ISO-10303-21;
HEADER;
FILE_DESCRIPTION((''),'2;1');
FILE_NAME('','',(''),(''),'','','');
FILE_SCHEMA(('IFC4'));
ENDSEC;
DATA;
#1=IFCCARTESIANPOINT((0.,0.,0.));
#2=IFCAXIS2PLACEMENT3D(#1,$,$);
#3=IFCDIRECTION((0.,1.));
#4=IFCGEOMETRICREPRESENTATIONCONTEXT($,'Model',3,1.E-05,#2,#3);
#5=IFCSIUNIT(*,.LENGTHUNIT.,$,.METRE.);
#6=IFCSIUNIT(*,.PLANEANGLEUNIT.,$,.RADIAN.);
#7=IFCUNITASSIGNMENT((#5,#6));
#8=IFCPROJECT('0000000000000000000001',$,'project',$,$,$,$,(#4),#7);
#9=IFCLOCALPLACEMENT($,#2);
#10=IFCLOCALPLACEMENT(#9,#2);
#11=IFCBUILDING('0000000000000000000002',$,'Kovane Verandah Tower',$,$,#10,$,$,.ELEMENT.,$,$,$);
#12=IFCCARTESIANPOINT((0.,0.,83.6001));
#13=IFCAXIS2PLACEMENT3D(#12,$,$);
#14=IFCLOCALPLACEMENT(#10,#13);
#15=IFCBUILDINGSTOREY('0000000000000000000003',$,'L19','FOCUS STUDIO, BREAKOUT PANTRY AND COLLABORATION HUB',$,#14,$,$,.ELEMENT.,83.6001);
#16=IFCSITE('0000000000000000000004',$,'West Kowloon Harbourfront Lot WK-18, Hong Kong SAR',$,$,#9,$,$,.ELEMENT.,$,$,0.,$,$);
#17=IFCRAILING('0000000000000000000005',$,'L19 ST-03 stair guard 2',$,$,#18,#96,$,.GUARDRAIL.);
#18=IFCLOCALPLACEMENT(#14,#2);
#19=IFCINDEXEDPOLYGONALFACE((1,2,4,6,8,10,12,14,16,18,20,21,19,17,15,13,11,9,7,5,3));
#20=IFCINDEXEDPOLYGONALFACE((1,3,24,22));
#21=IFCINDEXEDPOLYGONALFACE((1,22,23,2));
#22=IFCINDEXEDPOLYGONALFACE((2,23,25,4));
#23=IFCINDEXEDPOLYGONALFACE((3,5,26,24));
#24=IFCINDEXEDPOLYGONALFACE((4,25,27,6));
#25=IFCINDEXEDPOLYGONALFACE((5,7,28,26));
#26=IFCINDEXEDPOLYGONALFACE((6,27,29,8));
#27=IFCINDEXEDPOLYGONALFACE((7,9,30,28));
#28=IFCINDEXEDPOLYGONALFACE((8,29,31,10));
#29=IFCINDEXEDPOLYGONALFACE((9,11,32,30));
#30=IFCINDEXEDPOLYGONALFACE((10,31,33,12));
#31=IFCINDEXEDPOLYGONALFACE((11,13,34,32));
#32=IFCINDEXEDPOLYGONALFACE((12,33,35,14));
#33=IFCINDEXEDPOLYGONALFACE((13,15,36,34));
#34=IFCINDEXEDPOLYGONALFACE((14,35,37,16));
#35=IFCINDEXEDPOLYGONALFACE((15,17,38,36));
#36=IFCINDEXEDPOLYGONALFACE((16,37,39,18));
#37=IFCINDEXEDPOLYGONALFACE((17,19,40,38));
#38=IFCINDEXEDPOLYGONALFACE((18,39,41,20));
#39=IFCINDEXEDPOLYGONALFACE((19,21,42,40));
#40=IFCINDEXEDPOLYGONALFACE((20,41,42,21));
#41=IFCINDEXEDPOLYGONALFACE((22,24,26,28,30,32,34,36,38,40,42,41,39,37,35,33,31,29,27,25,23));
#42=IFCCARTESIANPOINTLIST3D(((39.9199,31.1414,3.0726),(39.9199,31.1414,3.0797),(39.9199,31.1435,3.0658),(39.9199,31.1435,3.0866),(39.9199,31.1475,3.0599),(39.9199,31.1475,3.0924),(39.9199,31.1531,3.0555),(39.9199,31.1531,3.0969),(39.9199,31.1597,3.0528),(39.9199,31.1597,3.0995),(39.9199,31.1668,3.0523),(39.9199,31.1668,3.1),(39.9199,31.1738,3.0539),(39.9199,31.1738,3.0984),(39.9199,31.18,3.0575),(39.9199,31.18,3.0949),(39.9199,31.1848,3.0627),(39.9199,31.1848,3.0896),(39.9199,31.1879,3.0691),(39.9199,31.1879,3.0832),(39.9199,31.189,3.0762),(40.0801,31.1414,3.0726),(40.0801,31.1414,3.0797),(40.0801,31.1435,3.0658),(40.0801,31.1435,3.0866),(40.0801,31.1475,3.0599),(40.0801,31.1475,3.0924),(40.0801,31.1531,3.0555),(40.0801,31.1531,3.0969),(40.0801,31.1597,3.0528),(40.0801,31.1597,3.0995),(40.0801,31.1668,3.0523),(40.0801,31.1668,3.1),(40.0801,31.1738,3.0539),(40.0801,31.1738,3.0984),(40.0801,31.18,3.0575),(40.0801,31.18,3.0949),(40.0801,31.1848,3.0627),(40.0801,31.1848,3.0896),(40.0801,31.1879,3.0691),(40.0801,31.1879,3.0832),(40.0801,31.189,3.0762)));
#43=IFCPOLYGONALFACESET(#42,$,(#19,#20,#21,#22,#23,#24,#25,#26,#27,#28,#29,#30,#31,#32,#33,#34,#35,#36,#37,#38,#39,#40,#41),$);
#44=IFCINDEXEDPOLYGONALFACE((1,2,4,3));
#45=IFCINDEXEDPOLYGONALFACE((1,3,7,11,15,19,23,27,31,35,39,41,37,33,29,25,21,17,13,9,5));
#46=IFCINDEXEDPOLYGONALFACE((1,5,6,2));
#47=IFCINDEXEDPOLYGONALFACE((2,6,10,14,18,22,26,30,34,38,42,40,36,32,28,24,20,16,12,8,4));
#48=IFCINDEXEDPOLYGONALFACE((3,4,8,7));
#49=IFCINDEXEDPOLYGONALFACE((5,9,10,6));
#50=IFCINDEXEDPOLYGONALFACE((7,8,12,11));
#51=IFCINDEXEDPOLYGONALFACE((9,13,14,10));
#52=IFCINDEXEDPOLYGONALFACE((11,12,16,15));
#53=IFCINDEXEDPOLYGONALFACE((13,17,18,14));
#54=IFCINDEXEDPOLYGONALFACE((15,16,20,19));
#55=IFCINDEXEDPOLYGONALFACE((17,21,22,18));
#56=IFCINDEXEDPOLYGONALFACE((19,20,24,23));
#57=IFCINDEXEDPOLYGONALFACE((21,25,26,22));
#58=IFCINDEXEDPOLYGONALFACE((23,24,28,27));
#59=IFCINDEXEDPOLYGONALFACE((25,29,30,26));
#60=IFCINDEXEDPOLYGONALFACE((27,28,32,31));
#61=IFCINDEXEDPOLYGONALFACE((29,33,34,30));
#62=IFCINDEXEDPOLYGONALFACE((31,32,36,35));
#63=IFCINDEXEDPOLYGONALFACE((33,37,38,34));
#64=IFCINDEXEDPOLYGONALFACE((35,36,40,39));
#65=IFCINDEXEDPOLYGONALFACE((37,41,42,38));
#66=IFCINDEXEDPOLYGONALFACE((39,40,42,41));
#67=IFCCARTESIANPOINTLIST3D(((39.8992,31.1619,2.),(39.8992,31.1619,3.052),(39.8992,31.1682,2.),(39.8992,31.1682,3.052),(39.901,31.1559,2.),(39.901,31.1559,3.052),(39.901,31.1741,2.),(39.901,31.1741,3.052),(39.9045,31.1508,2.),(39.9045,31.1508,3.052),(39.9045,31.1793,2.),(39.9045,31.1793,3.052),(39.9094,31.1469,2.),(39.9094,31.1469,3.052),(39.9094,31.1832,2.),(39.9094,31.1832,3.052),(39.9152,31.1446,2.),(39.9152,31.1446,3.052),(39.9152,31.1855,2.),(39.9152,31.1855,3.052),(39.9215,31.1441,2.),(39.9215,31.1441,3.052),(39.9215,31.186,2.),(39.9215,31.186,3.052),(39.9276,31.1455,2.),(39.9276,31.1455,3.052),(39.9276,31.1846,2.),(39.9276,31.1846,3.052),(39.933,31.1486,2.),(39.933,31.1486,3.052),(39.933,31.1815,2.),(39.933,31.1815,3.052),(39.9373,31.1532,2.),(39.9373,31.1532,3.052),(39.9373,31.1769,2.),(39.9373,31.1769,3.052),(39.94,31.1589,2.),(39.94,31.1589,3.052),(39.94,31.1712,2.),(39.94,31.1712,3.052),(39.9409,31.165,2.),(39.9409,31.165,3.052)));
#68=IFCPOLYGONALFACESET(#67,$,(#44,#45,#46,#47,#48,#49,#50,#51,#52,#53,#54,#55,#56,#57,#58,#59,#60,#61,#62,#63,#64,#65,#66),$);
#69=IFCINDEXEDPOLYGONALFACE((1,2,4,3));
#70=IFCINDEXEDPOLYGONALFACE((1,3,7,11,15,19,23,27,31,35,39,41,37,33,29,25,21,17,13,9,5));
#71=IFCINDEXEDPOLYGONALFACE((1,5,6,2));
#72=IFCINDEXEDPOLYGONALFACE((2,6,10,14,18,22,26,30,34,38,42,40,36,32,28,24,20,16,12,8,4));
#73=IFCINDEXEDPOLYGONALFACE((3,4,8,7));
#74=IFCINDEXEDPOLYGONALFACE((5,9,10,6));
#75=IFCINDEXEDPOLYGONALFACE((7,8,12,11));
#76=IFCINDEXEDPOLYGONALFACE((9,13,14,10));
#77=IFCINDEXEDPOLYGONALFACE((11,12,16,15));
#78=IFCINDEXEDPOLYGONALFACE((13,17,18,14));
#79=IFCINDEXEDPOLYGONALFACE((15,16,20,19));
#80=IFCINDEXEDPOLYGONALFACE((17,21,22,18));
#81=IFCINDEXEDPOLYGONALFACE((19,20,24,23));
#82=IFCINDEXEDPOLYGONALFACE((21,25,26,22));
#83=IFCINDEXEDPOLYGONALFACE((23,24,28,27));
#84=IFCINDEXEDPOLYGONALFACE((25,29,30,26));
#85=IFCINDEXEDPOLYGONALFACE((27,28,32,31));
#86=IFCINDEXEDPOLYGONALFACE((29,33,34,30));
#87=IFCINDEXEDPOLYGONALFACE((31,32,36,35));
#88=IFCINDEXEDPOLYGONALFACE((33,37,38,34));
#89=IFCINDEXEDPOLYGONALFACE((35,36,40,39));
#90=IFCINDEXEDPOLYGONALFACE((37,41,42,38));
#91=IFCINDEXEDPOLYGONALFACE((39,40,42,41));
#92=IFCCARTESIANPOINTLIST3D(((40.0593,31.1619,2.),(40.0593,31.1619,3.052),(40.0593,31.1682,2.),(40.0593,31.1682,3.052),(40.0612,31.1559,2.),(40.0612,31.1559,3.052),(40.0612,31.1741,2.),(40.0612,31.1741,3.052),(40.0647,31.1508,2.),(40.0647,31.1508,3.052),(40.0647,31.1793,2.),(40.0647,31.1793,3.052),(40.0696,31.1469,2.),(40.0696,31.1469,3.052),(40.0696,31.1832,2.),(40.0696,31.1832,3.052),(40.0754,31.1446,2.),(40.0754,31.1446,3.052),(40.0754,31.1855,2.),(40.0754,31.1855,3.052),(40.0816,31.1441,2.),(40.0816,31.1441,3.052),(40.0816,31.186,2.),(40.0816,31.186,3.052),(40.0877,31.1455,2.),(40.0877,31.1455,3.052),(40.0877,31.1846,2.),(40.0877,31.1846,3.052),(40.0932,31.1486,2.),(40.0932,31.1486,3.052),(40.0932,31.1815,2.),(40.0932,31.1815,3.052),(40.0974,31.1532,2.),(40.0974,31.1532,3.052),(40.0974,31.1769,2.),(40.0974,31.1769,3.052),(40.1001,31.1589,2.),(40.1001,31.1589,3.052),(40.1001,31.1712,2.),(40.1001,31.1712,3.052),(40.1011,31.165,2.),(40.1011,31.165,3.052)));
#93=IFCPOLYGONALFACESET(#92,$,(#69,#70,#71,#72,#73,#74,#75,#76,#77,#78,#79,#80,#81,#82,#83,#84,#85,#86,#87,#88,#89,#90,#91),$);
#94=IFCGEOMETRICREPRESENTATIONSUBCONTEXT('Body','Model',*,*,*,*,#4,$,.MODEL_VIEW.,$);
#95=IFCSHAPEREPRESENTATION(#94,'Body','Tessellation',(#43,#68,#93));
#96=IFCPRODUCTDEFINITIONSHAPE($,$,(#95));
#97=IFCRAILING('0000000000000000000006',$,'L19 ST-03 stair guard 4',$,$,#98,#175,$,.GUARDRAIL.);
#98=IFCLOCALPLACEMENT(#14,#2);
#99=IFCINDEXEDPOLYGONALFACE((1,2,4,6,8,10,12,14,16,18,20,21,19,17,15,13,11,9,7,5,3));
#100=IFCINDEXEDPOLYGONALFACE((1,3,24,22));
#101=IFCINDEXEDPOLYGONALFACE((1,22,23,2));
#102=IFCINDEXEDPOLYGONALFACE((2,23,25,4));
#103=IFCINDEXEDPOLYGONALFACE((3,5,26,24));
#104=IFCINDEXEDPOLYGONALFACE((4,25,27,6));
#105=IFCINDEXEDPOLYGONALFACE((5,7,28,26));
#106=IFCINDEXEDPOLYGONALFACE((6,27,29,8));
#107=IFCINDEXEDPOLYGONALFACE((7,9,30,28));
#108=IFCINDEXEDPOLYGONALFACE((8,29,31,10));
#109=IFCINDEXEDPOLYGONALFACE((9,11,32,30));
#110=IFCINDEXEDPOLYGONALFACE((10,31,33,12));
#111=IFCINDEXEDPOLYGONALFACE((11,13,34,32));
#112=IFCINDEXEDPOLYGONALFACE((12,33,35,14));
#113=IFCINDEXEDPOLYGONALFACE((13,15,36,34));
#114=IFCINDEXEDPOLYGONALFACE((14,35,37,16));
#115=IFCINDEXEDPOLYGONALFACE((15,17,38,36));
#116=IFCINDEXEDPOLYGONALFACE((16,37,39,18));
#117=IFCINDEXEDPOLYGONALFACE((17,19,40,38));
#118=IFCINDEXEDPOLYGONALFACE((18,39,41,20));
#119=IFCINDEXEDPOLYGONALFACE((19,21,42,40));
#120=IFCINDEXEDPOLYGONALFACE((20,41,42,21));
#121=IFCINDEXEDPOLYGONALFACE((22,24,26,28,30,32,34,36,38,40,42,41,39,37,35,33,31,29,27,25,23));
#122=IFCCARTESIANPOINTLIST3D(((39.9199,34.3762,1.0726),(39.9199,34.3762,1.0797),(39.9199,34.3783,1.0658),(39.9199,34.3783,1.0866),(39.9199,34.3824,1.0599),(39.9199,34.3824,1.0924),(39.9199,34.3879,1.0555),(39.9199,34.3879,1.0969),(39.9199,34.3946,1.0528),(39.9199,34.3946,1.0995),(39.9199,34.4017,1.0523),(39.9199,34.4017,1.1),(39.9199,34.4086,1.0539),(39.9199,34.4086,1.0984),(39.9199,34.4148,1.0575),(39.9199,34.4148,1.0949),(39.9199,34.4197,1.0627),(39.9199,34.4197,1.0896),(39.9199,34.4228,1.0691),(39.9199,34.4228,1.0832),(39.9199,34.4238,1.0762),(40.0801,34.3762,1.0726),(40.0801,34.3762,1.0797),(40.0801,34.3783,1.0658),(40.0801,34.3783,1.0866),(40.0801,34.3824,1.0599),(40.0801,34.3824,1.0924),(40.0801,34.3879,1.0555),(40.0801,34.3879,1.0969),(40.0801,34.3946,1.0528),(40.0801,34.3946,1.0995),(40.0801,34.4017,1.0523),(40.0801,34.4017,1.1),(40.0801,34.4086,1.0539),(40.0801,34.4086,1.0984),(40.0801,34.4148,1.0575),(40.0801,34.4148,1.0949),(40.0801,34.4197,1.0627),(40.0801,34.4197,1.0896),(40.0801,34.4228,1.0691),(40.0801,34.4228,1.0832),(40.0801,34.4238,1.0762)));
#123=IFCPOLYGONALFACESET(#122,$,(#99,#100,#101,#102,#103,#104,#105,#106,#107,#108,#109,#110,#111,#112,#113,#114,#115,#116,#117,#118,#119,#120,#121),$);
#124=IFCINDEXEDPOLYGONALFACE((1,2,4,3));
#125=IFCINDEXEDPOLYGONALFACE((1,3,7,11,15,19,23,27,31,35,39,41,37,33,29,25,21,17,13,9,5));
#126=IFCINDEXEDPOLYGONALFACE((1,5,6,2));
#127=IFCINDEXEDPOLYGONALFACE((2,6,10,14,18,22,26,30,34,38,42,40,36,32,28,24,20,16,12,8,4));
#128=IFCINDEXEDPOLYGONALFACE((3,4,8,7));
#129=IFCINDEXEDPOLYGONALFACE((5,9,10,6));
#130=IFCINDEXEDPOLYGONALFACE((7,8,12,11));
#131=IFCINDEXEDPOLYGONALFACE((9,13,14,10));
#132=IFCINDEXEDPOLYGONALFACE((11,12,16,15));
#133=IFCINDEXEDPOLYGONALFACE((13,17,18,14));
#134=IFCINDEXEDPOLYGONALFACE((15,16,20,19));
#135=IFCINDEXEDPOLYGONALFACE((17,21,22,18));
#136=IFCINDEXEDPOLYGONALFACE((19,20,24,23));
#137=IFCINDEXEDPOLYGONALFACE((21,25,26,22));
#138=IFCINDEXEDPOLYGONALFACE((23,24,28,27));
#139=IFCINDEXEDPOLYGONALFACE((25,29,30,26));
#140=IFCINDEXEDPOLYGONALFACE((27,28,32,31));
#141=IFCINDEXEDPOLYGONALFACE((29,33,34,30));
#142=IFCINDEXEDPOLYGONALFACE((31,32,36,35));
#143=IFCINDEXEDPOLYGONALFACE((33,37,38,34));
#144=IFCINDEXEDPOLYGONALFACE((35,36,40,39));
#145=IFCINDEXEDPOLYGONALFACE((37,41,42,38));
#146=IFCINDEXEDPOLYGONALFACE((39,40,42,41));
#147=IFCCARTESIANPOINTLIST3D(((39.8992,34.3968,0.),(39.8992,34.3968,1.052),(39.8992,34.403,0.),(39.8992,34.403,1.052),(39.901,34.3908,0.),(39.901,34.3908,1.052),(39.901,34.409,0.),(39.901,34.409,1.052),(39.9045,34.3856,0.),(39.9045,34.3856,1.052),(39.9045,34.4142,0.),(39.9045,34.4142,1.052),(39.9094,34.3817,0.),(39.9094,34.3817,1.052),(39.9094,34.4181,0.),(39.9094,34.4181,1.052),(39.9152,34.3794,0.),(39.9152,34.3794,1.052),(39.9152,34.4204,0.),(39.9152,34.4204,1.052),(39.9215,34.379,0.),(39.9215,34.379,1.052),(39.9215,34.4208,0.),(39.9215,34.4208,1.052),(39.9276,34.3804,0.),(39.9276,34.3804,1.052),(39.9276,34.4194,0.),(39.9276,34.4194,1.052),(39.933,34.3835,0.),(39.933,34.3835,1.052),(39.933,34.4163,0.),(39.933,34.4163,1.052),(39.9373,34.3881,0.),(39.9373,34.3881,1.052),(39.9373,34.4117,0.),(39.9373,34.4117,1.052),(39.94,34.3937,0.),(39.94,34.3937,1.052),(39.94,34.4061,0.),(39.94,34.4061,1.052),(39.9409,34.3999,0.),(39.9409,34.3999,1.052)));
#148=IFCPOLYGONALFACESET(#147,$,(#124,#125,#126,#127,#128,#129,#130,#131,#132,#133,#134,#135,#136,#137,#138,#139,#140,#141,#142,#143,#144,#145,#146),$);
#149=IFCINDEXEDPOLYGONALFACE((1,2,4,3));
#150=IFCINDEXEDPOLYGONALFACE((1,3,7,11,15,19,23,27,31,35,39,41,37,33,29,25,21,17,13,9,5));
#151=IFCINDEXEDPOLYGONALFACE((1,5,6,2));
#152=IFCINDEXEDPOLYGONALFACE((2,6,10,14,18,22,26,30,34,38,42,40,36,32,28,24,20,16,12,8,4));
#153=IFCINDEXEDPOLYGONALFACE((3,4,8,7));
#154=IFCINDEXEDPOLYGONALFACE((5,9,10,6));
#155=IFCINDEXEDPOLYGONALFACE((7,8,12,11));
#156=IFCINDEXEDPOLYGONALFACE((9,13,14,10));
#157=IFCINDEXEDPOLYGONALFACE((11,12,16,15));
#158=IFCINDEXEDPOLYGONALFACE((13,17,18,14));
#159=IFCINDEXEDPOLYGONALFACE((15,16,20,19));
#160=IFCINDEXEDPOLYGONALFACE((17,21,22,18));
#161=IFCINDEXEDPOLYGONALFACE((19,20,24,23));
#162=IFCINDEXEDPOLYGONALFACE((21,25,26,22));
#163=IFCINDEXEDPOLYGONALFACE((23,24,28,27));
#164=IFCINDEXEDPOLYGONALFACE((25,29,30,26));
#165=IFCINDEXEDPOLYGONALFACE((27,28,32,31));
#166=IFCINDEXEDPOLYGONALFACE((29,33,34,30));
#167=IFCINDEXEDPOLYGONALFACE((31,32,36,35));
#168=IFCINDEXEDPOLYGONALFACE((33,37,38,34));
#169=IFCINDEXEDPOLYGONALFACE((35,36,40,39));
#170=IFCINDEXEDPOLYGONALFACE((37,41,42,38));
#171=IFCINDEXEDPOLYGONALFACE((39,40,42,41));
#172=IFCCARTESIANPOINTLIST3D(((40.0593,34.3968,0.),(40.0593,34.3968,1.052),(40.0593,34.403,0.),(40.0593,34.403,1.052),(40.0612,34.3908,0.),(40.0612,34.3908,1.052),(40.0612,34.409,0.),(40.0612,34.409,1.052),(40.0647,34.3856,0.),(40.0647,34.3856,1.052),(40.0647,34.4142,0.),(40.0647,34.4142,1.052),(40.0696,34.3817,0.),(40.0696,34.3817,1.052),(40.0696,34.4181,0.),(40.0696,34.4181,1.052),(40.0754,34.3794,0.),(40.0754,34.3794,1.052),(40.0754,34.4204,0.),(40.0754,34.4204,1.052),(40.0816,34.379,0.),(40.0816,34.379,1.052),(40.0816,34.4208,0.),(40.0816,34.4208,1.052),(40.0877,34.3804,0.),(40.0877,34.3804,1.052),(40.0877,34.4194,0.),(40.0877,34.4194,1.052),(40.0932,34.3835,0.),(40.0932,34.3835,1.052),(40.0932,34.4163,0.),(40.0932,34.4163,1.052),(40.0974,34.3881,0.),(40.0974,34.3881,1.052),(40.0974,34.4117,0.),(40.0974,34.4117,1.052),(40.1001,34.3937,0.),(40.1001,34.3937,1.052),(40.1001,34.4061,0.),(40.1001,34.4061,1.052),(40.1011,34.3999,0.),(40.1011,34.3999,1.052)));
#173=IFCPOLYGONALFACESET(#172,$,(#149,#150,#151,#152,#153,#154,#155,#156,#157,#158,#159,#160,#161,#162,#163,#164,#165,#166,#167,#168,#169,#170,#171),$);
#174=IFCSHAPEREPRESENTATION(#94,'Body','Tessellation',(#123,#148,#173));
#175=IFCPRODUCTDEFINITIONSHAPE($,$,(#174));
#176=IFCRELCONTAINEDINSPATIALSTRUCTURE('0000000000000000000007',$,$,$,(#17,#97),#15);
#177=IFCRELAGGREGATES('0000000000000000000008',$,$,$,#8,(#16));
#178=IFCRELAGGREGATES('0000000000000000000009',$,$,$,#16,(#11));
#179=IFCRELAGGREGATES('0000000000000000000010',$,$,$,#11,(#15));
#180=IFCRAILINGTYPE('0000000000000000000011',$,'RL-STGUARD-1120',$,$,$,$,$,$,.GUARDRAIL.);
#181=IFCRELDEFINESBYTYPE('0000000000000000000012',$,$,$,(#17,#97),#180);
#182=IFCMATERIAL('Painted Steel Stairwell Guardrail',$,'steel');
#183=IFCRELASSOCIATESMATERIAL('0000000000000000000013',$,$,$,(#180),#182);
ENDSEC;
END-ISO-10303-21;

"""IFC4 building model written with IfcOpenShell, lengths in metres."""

from ifc_helpers import new_model, si_unit, direction, frame, origin, origin_2d, place, context, subcontext, project, spatial, circle, extrude, material, type_object, element, save


model = new_model("IFC4")

# Units and contexts
model_context = context("Model", 3, precision=1e-05, world=origin(), true_north=direction((0.0, 1.0)))
body_context = subcontext(model_context, "Body", "Model", "MODEL_VIEW")
ifc_project = project(units=[si_unit("LENGTHUNIT", "METRE"), si_unit("PLANEANGLEUNIT", "RADIAN")], contexts=[model_context])

# Site, building, storey
site_placement = place(None, origin())
site = spatial("IfcSite", under=ifc_project, at=site_placement, Name="West Kowloon Harbourfront Lot WK-18, Hong Kong SAR", CompositionType="ELEMENT", RefElevation=0.0)
building_placement = place(site_placement, origin())
building = spatial("IfcBuilding", under=site, at=building_placement, Name="Kovane Verandah Tower", CompositionType="ELEMENT")
storey_placement = place(building_placement, frame((0.0, 0.0, 83.6001)))
storey = spatial("IfcBuildingStorey", under=building, at=storey_placement, Name="L19", Description="FOCUS STUDIO, BREAKOUT PANTRY AND COLLABORATION HUB", CompositionType="ELEMENT", Elevation=83.6001)

# Railings
ifc_material_1 = material(Name="Painted Steel Stairwell Guardrail", Category="steel")
railing_type_1 = type_object("IfcRailingType", Name="RL-STGUARD-1120", PredefinedType="GUARDRAIL", material=ifc_material_1)
for number, where, name in (
    (1, (39.9199, 31.165, 2.0), "L19 ST-03 stair guard 2"),
    (2, (39.9199, 34.3999, 0.0), "L19 ST-03 stair guard 4"),
):
    element("IfcRailing", number, at=place(storey_placement, frame(where)), inside=storey, type_object=railing_type_1, Name=name, PredefinedType="GUARDRAIL", context=body_context, shape_type="SweptSolid", body=[
        extrude(circle(Radius=0.0239, at=origin_2d()), frame((0.0, 0.0, 1.0762), z_axis=(1.0, 0.0, 0.0), x_axis=(0.0, 1.0, 0.0)), (0.0, 0.0, 1.0), 0.1602),
        extrude(circle(Radius=0.021, at=origin_2d()), origin(), (0.0, 0.0, 1.0), 1.052),
        extrude(circle(Radius=0.021, at=origin_2d()), frame((0.1602, 0.0, 0.0)), (0.0, 0.0, 1.0), 1.052),
    ])

save(model, "model.ifc")
